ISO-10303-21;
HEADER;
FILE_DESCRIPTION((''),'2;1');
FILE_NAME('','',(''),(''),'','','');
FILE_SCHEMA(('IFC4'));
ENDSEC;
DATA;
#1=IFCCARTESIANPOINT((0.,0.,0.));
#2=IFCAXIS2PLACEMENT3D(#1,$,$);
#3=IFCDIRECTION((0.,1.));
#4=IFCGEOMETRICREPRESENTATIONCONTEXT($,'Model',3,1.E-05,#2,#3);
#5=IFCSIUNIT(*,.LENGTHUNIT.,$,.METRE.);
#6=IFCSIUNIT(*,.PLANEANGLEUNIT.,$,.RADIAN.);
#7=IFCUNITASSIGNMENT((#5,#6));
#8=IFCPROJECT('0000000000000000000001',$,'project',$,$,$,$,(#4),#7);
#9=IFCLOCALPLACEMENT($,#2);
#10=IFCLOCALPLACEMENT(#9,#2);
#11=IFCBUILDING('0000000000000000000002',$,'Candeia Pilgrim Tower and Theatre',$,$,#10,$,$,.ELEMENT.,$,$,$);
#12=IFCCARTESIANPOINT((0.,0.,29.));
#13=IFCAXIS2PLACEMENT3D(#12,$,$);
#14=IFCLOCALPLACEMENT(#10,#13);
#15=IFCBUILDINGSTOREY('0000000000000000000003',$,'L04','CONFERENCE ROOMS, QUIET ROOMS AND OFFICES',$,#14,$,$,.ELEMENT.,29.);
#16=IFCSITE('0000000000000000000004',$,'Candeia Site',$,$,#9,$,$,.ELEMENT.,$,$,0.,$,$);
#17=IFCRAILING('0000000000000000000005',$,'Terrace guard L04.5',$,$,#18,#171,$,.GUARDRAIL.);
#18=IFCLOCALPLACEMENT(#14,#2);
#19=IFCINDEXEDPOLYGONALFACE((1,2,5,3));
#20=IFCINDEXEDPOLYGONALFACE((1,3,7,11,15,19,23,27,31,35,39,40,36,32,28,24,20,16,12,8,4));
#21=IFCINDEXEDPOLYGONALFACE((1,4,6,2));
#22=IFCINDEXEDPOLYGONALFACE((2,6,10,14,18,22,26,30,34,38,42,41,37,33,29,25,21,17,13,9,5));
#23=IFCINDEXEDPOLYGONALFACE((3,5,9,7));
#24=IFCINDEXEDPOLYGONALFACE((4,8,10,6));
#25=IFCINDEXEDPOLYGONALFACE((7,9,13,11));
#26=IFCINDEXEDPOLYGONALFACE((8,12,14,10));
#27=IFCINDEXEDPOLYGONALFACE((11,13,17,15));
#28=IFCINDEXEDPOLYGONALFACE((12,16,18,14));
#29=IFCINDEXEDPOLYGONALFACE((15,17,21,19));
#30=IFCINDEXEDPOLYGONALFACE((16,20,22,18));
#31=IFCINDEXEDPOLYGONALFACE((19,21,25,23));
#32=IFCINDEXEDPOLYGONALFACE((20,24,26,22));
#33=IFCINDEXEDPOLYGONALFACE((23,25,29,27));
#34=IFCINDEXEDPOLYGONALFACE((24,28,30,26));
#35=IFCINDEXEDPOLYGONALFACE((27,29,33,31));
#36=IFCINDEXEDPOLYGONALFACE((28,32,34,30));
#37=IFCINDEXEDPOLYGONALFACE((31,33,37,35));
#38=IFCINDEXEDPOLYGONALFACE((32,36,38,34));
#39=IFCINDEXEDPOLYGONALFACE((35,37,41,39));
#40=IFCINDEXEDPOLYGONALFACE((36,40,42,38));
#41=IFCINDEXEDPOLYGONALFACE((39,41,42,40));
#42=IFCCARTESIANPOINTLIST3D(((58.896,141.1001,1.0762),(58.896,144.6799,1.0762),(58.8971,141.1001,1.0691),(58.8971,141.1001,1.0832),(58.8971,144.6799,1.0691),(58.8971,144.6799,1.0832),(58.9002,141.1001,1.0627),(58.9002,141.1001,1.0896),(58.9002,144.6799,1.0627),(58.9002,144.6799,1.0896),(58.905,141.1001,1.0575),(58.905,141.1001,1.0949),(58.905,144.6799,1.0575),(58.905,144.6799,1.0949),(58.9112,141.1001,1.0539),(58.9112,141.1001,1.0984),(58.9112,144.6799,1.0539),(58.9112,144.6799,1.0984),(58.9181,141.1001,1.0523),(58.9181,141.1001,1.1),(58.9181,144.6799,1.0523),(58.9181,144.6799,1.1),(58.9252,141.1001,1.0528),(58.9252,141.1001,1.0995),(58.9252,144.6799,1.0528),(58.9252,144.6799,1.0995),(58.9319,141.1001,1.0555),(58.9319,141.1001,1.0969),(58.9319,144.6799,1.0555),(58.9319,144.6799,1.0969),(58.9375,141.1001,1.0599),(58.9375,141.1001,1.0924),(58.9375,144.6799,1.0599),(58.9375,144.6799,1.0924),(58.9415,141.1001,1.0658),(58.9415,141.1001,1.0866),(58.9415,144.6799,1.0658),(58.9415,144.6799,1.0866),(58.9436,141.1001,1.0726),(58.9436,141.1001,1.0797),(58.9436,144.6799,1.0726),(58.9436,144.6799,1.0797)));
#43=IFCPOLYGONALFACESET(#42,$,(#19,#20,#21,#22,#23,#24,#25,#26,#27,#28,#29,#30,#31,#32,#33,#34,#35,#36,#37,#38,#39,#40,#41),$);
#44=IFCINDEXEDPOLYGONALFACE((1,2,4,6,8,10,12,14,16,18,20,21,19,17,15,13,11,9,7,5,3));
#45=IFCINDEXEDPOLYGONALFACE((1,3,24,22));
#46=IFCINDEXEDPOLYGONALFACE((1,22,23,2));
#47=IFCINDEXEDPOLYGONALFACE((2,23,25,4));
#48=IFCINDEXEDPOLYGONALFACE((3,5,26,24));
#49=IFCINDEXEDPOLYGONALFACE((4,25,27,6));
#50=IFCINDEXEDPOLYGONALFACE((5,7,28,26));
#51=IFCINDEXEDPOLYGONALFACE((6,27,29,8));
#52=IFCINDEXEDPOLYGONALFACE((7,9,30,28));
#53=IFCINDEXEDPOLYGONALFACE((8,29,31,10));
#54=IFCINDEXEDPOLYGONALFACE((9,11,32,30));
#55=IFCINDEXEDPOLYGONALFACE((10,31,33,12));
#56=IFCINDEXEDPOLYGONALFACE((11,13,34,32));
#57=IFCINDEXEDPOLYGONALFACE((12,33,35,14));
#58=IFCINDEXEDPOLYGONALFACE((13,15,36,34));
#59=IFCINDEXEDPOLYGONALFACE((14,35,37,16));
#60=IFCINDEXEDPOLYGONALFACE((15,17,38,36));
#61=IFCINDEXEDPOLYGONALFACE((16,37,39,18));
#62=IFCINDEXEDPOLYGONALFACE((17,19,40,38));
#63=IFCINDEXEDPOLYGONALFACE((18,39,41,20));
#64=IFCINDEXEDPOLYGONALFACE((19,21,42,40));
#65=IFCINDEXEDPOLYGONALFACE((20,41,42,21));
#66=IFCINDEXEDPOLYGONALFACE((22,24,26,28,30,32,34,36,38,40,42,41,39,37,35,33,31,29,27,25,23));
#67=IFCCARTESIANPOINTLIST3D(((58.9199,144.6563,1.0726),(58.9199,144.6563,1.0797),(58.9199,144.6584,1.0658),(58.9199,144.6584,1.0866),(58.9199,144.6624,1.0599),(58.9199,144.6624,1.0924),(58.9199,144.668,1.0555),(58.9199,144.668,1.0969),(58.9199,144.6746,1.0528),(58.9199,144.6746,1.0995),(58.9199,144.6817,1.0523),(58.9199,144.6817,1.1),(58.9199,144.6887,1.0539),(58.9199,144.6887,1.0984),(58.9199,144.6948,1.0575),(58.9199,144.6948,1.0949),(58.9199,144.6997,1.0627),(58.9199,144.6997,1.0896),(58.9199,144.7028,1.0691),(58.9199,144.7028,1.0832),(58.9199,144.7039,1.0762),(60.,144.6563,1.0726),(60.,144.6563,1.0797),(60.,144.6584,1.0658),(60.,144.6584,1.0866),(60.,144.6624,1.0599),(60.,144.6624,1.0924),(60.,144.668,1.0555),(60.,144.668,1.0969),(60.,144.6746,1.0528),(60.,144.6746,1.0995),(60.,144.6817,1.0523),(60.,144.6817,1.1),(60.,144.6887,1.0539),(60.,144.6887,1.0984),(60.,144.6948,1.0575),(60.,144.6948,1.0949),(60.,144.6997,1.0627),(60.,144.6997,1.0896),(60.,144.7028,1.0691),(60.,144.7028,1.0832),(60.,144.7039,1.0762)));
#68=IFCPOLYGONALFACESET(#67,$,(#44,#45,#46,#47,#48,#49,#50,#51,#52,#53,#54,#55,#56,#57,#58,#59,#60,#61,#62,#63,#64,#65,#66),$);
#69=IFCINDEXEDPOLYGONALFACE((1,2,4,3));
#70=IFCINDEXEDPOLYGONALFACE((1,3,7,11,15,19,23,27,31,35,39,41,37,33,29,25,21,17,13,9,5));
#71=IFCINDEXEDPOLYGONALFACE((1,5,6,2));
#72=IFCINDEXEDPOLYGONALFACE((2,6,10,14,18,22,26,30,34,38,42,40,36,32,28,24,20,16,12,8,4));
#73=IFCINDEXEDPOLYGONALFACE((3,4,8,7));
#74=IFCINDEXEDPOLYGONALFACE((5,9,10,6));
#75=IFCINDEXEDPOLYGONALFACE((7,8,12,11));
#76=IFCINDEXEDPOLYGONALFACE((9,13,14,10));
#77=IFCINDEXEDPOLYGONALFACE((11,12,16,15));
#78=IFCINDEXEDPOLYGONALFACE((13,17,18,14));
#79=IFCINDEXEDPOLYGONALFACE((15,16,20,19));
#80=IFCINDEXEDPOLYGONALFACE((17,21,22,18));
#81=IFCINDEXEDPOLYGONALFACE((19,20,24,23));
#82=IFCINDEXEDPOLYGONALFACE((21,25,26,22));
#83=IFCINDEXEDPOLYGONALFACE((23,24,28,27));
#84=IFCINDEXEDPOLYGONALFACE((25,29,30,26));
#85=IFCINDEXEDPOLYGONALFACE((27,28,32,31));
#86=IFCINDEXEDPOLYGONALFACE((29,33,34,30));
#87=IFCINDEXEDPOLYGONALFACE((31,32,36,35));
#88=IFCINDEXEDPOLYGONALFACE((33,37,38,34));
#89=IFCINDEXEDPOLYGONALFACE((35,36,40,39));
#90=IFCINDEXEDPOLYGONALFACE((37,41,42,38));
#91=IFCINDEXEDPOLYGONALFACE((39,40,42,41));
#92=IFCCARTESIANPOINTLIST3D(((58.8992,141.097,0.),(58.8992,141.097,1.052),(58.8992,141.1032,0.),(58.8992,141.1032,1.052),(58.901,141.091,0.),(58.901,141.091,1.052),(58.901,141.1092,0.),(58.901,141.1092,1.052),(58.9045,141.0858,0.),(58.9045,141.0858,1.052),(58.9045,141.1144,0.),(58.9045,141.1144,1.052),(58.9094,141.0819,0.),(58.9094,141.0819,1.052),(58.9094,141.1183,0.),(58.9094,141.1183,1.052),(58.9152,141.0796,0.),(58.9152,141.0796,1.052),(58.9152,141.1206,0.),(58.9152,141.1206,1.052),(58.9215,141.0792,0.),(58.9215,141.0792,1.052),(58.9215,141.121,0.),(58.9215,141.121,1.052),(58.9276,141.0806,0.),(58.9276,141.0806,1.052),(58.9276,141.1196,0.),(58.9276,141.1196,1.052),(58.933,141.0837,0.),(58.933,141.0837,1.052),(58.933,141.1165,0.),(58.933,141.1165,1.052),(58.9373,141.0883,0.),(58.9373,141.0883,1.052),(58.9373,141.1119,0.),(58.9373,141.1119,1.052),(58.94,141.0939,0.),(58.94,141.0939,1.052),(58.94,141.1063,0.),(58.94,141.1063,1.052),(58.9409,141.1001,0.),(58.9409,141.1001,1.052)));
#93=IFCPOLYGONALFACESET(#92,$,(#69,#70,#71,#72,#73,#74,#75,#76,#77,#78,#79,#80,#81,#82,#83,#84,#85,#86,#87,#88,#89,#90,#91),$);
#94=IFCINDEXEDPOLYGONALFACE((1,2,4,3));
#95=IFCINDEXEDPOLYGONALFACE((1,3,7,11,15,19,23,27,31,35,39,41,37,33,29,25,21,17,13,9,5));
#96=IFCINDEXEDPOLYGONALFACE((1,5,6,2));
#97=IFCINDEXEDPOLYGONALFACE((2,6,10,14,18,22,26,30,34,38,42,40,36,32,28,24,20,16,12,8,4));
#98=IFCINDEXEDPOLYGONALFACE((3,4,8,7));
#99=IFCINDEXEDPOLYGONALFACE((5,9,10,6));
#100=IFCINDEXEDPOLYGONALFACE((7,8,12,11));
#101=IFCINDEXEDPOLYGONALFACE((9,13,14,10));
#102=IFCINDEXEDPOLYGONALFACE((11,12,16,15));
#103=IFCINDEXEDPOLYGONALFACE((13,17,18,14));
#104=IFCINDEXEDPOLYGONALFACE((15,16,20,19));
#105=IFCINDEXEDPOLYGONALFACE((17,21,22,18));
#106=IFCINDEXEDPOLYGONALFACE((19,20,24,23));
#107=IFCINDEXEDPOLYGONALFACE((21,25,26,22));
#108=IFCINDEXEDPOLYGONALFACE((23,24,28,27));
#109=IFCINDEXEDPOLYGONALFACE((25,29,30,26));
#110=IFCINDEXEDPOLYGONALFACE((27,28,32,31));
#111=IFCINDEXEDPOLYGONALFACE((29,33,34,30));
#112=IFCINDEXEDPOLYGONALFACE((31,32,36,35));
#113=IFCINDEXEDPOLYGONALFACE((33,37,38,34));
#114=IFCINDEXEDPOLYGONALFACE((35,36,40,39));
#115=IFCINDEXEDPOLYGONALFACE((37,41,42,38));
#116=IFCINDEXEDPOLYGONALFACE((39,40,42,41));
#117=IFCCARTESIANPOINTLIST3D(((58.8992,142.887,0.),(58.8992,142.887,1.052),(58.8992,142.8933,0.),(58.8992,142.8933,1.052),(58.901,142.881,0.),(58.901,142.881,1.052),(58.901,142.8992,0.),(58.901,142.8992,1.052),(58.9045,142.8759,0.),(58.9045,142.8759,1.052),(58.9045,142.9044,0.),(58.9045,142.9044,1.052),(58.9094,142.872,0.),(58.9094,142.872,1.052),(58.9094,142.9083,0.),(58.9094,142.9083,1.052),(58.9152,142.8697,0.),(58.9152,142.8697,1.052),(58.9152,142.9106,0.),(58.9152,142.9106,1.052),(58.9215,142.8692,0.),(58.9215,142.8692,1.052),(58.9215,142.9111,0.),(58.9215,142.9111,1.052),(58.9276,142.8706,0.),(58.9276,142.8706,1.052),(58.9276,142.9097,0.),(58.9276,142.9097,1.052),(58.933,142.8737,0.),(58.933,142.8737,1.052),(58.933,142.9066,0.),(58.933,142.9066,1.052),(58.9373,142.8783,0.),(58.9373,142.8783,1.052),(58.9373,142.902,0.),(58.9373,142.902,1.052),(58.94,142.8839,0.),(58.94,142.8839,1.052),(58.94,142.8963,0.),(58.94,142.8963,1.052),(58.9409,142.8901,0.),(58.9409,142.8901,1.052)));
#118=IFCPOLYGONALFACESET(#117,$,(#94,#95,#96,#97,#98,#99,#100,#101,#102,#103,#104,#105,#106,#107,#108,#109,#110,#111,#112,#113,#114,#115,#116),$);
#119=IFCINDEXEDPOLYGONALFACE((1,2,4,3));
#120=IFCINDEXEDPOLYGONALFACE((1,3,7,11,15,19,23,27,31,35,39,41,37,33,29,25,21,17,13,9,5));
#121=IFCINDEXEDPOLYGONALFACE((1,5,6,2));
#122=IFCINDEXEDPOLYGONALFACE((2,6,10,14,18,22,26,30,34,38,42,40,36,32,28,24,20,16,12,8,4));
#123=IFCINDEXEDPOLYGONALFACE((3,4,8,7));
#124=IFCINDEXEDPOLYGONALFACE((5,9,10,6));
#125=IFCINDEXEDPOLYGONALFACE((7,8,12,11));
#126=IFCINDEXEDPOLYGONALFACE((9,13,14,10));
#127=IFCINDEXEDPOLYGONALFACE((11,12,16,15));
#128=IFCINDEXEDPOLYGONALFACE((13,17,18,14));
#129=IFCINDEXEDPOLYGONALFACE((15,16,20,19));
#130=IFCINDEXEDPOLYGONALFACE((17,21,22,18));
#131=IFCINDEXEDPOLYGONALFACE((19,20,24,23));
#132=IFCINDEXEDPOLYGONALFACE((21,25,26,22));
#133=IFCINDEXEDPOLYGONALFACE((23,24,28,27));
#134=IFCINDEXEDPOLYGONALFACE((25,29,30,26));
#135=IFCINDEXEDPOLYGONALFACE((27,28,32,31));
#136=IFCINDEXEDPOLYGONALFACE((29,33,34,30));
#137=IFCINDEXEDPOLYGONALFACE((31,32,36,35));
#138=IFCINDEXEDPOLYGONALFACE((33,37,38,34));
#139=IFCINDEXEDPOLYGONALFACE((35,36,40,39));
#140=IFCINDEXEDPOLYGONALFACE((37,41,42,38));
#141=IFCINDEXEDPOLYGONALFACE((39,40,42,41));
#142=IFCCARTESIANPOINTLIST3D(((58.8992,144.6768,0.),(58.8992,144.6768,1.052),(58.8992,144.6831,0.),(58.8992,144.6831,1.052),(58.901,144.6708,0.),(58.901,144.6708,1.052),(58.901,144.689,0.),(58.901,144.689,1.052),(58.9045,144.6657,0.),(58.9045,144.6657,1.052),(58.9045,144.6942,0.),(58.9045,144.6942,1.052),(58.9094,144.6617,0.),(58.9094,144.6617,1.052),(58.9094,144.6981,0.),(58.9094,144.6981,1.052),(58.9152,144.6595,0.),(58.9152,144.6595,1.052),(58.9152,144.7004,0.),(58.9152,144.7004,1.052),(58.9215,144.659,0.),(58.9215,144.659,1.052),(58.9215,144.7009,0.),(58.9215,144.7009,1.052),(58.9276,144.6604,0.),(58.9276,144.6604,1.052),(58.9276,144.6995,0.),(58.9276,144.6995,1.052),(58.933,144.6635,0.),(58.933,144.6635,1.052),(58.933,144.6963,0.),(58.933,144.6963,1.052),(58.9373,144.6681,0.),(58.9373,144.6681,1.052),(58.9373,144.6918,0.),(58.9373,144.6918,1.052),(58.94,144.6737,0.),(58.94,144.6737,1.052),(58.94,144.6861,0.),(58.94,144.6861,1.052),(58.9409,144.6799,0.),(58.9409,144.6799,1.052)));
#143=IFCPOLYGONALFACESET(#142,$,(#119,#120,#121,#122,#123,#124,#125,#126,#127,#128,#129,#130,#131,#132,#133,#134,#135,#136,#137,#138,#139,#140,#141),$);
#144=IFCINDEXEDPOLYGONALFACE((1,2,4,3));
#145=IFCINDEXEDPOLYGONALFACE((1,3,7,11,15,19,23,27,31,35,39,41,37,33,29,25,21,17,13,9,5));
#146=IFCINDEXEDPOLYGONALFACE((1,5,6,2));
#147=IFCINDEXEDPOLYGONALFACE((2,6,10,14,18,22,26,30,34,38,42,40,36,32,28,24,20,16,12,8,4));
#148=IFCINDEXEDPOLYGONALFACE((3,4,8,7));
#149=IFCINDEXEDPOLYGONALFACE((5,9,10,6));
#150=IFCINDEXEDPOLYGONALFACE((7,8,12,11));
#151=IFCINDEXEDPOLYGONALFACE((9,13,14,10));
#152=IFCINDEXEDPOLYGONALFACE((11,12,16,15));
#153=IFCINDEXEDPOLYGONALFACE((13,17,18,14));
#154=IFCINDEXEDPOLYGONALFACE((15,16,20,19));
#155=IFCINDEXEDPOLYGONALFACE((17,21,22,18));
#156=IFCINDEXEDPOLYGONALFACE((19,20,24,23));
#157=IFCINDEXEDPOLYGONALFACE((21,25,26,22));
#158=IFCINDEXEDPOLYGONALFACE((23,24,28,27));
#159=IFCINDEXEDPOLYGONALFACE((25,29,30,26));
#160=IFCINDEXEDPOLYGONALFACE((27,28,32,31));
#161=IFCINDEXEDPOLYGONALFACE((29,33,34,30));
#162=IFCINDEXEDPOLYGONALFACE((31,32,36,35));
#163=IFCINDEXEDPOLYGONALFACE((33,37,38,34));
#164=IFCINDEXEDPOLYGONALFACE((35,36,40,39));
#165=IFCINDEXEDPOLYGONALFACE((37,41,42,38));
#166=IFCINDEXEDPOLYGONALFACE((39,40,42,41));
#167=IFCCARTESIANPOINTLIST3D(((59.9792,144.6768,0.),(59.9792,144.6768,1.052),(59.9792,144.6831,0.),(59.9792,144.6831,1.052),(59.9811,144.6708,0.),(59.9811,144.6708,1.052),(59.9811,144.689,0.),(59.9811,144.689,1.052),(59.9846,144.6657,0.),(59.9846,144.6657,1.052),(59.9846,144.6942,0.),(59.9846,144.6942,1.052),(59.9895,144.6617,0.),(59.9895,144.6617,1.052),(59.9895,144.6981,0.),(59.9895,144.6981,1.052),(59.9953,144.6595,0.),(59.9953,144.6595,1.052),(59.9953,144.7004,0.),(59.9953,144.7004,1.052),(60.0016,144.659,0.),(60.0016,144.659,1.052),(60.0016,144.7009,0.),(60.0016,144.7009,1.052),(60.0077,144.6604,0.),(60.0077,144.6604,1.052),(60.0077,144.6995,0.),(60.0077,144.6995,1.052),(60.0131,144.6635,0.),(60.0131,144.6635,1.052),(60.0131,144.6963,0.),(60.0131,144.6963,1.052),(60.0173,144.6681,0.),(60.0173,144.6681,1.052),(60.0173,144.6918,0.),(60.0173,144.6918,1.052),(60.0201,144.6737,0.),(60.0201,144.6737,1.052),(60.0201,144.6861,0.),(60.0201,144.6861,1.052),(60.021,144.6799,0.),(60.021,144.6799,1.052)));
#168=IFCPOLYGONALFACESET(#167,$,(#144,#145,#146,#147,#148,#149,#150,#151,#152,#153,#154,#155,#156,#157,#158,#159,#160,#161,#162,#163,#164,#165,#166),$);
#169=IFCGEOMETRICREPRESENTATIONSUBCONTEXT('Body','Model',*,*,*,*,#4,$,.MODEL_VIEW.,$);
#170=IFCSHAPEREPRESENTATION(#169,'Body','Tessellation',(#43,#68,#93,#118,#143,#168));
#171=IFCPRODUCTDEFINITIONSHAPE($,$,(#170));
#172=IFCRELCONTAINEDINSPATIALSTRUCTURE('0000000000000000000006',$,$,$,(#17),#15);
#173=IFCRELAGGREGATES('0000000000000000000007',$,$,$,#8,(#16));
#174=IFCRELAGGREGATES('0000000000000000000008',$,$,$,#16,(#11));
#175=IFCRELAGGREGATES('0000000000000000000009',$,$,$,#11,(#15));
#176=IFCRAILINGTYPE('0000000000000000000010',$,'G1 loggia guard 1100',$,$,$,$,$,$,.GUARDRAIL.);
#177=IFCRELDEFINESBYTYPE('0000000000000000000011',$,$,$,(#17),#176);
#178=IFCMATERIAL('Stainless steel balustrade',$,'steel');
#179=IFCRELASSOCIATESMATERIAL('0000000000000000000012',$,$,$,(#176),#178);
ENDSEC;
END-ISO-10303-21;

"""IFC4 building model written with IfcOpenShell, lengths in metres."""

from ifc_helpers import new_model, si_unit, direction, frame, origin, origin_2d, place, context, subcontext, project, spatial, circle, extrude, material, type_object, element, save


model = new_model("IFC4")

# Units and contexts
model_context = context("Model", 3, precision=1e-05, world=origin(), true_north=direction((0.0, 1.0)))
body_context = subcontext(model_context, "Body", "Model", "MODEL_VIEW")
ifc_project = project(units=[si_unit("LENGTHUNIT", "METRE"), si_unit("PLANEANGLEUNIT", "RADIAN")], contexts=[model_context])

# Site, building, storey
site_placement = place(None, origin())
site = spatial("IfcSite", under=ifc_project, at=site_placement, Name="Candeia Site", CompositionType="ELEMENT", RefElevation=0.0)
building_placement = place(site_placement, origin())
building = spatial("IfcBuilding", under=site, at=building_placement, Name="Candeia Pilgrim Tower and Theatre", CompositionType="ELEMENT")
storey_placement = place(building_placement, frame((0.0, 0.0, 29.0)))
storey = spatial("IfcBuildingStorey", under=building, at=storey_placement, Name="L04", Description="CONFERENCE ROOMS, QUIET ROOMS AND OFFICES", CompositionType="ELEMENT", Elevation=29.0)

# Railing
ifc_material_1 = material(Name="Stainless steel balustrade", Category="steel")
railing_type_1 = type_object("IfcRailingType", Name="G1 loggia guard 1100", PredefinedType="GUARDRAIL", material=ifc_material_1)
railing_1_placement = place(storey_placement, frame((58.9199, 141.1001, 0.0)))
element("IfcRailing", 1, at=railing_1_placement, inside=storey, type_object=railing_type_1, Name="Terrace guard L04.5", PredefinedType="GUARDRAIL", context=body_context, shape_type="SweptSolid", body=[
    extrude(circle(Radius=0.0239, at=origin_2d()), frame((0.0, 0.0, 1.0762), z_axis=(0.0, 1.0, 0.0), x_axis=(-1.0, 0.0, 0.0)), (0.0, 0.0, 1.0), 3.5798),
    extrude(circle(Radius=0.0239, at=origin_2d()), frame((0.0, 3.5798, 1.0762), z_axis=(1.0, 0.0, 0.0), x_axis=(0.0, 1.0, 0.0)), (0.0, 0.0, 1.0), 1.0801),
    extrude(circle(Radius=0.021, at=origin_2d()), origin(), (0.0, 0.0, 1.0), 1.052),
    extrude(circle(Radius=0.021, at=origin_2d()), frame((0.0, 1.79, 0.0)), (0.0, 0.0, 1.0), 1.052),
    extrude(circle(Radius=0.021, at=origin_2d()), frame((0.0, 3.5798, 0.0)), (0.0, 0.0, 1.0), 1.052),
    extrude(circle(Radius=0.021, at=origin_2d()), frame((1.0801, 3.5798, 0.0)), (0.0, 0.0, 1.0), 1.052),
])

save(model, "model.ifc")
